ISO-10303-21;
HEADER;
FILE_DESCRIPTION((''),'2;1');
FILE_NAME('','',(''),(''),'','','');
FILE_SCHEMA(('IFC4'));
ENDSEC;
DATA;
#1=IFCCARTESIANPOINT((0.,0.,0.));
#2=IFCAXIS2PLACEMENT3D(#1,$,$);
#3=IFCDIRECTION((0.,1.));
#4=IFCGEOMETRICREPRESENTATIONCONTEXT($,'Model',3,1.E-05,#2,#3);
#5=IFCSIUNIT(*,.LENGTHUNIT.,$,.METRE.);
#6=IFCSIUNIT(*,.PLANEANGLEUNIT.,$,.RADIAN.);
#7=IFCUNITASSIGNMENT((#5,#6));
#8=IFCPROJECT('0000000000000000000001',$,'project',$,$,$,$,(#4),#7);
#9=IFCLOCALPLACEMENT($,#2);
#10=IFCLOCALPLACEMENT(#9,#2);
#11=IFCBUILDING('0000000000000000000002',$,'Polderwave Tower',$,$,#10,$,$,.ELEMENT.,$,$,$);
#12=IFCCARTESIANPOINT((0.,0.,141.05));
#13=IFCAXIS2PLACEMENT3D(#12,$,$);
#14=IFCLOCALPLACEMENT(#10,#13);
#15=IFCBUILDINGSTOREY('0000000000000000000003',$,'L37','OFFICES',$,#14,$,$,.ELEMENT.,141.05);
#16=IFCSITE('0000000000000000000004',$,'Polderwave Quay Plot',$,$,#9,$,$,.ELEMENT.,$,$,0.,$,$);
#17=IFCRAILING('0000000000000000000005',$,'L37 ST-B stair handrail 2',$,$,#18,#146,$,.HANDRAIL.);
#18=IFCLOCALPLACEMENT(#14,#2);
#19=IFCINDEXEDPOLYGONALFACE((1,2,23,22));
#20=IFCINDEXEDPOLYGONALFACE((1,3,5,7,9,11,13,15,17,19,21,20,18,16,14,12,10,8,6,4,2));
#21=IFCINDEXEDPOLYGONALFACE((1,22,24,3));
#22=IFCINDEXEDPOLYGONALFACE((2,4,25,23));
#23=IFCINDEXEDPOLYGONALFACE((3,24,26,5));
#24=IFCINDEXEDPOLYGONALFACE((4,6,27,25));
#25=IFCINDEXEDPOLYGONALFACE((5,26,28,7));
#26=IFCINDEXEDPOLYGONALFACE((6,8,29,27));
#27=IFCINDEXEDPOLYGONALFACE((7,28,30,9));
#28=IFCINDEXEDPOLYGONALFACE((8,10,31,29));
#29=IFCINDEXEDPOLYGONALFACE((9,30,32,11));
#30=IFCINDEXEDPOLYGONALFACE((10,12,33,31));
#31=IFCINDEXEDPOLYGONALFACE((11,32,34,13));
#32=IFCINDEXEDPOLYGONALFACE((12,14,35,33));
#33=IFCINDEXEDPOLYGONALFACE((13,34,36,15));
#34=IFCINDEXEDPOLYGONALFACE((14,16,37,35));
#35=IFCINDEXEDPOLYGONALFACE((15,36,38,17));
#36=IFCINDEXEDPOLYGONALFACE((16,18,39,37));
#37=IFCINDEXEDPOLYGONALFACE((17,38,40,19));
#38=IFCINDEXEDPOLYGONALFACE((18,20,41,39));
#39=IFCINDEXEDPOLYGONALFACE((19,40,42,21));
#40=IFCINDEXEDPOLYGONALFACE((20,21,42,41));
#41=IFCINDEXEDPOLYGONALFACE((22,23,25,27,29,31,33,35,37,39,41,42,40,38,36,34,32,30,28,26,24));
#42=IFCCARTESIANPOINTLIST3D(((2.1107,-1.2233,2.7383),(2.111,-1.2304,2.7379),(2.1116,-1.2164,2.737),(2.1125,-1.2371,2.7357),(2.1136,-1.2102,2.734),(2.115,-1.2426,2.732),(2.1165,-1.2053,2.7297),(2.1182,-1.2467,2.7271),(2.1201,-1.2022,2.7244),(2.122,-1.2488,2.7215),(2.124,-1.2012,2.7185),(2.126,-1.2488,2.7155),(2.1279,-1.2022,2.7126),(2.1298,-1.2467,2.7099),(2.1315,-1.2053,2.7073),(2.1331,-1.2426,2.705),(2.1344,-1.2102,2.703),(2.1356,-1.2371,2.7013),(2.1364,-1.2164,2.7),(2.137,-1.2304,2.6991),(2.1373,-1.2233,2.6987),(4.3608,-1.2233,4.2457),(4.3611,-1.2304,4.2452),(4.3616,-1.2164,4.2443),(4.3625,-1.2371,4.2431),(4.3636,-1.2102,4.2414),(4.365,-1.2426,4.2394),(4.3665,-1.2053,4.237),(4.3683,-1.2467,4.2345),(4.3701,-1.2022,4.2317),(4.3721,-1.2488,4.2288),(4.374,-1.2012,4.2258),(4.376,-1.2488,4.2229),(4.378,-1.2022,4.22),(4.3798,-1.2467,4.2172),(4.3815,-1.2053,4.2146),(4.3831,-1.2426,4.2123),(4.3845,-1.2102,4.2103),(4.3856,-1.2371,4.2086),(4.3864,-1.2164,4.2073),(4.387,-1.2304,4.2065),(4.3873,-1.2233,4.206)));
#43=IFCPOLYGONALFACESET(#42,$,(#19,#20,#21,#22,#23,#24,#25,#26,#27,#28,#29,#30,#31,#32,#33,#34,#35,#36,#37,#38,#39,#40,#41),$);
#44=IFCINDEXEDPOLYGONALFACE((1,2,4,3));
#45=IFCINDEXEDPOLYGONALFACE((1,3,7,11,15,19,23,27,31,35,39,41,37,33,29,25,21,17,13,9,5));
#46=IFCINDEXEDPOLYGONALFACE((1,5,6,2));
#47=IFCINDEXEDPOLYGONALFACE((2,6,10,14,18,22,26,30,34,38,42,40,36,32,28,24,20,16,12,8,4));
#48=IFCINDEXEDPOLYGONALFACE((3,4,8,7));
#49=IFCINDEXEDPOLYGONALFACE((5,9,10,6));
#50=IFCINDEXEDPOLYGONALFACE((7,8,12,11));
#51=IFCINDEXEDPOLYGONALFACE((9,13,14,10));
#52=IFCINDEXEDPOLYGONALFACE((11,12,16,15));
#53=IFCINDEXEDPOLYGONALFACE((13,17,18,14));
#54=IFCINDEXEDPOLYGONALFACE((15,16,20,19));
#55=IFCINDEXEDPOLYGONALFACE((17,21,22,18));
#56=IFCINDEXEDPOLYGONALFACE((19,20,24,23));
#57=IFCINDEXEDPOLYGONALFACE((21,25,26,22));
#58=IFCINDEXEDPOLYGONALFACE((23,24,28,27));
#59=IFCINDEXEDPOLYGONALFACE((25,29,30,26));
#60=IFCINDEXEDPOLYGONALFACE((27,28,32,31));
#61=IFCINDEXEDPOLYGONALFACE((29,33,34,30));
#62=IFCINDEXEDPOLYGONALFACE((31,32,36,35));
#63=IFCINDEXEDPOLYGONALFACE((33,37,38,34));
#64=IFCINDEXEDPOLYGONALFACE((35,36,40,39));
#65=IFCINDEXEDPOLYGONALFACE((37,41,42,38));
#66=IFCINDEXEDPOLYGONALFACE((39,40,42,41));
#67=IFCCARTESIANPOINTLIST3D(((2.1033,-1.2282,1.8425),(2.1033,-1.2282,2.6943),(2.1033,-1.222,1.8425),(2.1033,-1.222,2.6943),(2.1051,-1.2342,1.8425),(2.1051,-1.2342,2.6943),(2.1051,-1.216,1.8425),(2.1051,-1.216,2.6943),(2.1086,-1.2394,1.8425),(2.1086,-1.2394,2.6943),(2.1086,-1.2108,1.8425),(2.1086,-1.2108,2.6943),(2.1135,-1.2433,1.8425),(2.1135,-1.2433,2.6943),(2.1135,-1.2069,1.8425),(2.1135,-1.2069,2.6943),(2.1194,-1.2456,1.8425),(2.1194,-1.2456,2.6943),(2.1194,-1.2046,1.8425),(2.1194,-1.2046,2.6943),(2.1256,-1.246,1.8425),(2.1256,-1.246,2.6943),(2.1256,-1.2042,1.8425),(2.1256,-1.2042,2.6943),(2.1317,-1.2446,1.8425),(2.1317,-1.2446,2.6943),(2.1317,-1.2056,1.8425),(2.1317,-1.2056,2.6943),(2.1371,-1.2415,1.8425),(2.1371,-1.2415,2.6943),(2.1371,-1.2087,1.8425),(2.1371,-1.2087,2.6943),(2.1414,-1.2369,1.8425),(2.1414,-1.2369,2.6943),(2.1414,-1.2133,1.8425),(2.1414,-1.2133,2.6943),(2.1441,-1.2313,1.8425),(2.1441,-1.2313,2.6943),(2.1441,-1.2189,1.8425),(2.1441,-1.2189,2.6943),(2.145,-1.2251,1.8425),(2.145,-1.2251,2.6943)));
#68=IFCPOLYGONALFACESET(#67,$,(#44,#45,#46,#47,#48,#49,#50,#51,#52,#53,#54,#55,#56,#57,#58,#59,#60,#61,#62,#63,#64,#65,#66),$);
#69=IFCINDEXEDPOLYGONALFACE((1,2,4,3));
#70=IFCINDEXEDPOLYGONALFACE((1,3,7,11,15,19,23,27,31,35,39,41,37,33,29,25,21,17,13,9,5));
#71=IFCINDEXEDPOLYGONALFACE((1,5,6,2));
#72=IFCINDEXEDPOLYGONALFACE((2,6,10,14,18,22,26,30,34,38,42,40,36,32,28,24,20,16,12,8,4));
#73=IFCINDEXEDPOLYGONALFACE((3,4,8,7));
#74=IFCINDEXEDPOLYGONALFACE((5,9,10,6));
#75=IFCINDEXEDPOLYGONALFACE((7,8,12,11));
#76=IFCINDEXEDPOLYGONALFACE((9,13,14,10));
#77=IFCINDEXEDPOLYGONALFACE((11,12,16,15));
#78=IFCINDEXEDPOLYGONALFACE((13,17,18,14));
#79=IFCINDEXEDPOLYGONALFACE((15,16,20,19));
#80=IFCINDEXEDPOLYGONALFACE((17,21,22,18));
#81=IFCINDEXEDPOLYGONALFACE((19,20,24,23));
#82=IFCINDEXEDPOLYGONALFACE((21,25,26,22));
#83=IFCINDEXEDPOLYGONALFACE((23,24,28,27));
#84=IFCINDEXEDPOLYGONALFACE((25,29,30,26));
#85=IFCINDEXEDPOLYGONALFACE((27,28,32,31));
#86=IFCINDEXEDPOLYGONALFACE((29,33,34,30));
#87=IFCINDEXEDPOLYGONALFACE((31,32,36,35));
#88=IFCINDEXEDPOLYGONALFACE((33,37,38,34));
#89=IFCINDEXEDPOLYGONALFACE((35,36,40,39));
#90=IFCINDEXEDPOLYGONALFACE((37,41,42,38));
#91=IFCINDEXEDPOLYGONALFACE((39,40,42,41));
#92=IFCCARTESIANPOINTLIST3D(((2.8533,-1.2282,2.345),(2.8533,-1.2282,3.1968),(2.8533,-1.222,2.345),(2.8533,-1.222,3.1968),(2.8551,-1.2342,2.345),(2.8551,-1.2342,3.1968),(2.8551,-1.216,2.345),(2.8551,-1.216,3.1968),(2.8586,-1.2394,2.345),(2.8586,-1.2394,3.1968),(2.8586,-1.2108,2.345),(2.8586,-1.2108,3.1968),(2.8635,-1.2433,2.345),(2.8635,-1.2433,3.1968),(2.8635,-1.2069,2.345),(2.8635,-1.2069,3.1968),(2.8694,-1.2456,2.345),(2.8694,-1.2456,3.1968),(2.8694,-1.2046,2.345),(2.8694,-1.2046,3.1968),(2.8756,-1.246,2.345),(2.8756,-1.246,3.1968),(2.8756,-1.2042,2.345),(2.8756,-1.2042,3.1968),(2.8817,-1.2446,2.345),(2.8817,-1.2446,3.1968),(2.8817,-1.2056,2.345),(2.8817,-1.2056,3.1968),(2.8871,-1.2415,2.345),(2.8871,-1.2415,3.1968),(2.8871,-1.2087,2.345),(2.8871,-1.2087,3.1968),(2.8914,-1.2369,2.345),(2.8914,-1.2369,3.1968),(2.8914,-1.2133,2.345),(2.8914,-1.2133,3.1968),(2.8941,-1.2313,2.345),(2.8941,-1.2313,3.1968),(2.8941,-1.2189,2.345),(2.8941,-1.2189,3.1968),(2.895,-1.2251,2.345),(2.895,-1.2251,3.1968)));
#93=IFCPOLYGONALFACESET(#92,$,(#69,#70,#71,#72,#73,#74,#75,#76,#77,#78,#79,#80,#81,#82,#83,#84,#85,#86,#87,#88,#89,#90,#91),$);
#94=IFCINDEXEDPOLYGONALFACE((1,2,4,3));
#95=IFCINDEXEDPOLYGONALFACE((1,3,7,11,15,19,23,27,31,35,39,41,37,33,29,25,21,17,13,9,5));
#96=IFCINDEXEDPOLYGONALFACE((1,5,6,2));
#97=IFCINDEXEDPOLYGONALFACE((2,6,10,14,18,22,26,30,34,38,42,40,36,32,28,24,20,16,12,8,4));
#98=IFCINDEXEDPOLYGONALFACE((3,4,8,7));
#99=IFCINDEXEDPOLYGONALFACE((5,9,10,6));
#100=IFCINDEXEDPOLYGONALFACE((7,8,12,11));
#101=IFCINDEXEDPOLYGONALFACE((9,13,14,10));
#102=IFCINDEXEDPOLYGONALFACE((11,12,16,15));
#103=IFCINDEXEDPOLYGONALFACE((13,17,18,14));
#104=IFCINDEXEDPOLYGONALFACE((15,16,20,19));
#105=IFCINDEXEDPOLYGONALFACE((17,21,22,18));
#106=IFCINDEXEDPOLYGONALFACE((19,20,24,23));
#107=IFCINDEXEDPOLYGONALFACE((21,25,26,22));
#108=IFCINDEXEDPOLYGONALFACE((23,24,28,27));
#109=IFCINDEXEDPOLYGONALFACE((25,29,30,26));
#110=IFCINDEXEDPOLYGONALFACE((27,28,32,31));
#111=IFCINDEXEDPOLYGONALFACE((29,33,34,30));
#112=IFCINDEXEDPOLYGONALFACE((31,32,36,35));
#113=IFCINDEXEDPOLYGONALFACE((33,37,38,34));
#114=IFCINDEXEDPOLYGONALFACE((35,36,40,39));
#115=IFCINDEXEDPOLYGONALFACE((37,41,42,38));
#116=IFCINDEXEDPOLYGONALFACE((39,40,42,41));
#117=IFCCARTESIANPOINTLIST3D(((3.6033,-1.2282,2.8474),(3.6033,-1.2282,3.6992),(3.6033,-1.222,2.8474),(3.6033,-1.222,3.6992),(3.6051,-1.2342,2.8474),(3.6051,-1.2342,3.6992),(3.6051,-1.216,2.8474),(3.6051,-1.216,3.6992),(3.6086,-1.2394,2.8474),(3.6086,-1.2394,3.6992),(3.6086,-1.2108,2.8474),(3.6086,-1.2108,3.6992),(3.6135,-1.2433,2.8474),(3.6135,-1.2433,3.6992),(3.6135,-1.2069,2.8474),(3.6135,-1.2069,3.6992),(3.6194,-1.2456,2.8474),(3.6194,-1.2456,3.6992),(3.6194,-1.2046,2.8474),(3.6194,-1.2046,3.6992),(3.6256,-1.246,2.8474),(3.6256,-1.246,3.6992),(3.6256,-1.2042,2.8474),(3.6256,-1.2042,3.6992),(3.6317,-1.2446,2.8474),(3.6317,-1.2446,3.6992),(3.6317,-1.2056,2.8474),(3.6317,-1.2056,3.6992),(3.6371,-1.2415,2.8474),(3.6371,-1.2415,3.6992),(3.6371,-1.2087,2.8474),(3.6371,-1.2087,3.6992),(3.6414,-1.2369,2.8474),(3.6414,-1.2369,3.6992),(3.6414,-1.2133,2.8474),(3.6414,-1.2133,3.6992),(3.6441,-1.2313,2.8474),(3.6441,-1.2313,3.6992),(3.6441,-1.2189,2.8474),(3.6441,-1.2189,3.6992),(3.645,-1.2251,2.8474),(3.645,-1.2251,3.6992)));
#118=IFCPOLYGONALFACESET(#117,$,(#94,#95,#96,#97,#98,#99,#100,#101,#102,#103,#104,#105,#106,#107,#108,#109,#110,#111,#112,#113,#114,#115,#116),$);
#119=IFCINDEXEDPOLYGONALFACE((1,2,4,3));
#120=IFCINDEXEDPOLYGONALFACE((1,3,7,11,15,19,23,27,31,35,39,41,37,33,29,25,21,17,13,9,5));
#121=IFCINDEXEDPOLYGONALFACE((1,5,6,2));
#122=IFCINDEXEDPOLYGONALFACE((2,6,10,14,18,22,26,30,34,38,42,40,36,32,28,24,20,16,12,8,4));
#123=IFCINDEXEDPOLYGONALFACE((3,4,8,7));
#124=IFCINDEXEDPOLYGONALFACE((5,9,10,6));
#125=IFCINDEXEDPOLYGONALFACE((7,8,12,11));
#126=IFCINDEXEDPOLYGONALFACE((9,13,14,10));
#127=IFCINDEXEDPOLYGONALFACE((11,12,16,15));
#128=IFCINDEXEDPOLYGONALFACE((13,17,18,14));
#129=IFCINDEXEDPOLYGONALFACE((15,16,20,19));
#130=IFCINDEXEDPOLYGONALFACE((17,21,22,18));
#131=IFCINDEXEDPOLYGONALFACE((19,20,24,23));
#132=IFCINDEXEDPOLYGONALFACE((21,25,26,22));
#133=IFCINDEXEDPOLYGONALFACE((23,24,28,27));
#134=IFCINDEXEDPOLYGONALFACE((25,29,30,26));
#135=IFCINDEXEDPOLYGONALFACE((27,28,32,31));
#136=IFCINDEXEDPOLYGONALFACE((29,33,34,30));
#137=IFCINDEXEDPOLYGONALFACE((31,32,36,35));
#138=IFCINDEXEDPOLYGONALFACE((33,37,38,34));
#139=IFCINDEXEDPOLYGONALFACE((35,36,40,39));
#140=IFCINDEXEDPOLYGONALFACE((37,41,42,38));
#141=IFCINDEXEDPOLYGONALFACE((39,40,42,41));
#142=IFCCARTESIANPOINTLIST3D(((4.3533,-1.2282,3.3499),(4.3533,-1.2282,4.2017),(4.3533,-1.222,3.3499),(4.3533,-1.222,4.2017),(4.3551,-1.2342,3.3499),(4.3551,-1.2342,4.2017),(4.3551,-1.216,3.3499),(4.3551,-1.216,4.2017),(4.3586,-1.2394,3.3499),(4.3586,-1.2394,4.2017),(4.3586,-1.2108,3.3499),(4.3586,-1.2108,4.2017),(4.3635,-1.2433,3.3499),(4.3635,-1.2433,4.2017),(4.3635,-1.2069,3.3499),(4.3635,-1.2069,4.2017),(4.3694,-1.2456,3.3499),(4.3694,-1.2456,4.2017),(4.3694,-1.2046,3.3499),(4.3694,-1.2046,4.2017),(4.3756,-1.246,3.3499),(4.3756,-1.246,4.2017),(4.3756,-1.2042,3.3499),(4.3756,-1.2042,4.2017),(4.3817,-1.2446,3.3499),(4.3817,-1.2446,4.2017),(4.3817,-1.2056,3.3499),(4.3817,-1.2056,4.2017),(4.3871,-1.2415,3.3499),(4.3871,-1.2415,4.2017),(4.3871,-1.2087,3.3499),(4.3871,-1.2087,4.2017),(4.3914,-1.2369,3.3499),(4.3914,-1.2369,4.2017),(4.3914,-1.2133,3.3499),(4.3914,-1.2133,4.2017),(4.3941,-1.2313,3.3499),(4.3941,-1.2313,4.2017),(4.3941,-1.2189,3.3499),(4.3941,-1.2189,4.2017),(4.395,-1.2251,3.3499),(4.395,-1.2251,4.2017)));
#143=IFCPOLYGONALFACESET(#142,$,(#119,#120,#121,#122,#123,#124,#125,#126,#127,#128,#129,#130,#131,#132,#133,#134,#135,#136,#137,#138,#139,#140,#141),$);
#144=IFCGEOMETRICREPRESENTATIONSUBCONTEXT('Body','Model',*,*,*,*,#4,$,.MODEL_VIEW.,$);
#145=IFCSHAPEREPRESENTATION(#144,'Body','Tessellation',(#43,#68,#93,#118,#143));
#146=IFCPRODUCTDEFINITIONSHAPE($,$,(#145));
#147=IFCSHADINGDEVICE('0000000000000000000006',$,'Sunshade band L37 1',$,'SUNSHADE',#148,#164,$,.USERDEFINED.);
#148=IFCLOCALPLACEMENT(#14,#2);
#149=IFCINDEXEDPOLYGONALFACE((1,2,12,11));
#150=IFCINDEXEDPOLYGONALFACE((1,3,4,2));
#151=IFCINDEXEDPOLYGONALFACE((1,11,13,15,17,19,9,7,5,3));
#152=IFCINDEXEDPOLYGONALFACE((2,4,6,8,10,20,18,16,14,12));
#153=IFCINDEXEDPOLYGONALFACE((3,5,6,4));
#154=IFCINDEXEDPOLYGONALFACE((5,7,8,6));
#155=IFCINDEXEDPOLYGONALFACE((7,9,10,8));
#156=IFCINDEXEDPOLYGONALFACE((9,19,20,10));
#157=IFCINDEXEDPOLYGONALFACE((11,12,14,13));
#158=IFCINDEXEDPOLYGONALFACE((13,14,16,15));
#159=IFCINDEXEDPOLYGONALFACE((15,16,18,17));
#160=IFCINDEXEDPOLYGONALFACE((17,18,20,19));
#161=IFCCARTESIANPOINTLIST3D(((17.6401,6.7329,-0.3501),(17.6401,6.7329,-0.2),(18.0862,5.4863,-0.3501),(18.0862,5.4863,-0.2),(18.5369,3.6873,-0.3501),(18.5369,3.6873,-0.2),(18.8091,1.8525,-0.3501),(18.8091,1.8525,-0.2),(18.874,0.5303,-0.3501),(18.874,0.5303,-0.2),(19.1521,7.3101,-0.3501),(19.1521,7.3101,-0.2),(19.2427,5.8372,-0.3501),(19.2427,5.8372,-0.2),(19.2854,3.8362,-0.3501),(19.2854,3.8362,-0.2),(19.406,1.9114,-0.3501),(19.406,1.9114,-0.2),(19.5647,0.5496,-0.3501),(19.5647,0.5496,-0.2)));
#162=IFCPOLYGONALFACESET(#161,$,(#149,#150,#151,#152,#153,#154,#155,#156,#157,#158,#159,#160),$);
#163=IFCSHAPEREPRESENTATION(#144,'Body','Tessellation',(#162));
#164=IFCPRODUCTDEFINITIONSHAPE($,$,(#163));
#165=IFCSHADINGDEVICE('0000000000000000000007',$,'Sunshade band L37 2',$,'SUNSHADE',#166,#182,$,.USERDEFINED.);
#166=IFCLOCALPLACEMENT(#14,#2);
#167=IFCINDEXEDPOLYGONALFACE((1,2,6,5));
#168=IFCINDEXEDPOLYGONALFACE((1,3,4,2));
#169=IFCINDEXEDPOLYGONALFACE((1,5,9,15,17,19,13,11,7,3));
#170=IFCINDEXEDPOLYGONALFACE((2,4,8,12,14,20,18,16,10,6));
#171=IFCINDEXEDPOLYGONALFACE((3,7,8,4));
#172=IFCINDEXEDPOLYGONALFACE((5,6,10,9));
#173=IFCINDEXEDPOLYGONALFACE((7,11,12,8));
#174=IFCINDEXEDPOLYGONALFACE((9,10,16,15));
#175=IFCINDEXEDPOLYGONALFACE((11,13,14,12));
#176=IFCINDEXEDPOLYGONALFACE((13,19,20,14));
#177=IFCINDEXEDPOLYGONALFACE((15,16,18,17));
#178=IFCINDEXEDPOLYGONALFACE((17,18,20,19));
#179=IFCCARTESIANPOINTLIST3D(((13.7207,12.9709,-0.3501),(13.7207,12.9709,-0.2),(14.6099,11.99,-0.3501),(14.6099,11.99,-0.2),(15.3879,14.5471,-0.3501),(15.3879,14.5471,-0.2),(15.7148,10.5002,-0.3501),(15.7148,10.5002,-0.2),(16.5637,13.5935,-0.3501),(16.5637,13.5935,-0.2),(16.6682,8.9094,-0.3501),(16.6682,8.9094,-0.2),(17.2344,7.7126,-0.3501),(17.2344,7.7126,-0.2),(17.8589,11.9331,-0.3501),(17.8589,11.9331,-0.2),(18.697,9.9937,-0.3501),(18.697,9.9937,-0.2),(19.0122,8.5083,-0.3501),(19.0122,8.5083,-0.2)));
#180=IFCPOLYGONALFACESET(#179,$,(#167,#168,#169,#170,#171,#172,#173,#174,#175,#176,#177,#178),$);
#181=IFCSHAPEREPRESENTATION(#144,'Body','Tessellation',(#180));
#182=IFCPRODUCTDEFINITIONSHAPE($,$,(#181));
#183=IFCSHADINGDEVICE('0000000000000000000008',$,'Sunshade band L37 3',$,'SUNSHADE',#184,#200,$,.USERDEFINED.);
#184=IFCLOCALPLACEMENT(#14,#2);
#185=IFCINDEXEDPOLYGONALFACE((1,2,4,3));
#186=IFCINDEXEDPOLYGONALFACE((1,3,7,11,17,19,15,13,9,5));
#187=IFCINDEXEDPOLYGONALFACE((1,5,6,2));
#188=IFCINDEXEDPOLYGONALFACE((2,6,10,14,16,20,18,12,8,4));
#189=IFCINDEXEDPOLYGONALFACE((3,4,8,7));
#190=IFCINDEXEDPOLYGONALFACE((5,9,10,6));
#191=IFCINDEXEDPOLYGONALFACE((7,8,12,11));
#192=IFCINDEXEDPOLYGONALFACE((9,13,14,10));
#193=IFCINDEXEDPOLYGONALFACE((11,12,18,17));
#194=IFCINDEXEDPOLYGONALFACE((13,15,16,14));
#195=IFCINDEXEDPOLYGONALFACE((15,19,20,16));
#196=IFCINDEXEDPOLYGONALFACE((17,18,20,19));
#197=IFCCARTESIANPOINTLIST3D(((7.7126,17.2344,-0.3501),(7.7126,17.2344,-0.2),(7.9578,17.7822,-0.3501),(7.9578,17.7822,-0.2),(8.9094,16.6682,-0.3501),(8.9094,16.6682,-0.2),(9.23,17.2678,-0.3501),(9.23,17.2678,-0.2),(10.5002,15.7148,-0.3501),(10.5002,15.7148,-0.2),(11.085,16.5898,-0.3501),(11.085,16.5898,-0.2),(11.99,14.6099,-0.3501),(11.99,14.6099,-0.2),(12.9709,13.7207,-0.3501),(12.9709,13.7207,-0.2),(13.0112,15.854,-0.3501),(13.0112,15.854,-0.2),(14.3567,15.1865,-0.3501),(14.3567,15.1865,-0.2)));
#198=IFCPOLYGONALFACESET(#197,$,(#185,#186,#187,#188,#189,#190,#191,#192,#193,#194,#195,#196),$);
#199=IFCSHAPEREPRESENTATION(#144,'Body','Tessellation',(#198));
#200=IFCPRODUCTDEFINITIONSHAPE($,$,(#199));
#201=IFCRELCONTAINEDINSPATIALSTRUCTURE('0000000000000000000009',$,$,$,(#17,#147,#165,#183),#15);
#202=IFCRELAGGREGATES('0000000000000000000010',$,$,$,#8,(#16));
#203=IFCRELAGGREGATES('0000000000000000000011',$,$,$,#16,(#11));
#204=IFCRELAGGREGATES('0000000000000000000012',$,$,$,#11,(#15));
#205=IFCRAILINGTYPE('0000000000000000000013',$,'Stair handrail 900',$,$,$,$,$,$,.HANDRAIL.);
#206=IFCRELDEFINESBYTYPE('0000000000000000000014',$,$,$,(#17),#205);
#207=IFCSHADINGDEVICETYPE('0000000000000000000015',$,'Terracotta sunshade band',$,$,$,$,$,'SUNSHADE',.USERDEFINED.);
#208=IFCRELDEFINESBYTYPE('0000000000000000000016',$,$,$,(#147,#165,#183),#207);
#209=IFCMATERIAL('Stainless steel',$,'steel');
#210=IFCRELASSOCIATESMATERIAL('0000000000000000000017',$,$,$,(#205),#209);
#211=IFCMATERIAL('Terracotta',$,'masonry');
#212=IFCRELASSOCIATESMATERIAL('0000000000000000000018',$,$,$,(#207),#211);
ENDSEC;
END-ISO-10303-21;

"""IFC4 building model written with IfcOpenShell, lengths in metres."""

from ifc_helpers import new_model, si_unit, direction, frame, origin, origin_2d, place, context, subcontext, project, spatial, polyline, circle, outline, extrude, material, type_object, element, save


model = new_model("IFC4")

# Units and contexts
model_context = context("Model", 3, precision=1e-05, world=origin(), true_north=direction((0.0, 1.0)))
body_context = subcontext(model_context, "Body", "Model", "MODEL_VIEW")
ifc_project = project(units=[si_unit("LENGTHUNIT", "METRE"), si_unit("PLANEANGLEUNIT", "RADIAN")], contexts=[model_context])

# Site, building, storey
site_placement = place(None, origin())
site = spatial("IfcSite", under=ifc_project, at=site_placement, Name="Polderwave Quay Plot", CompositionType="ELEMENT", RefElevation=0.0)
building_placement = place(site_placement, origin())
building = spatial("IfcBuilding", under=site, at=building_placement, Name="Polderwave Tower", CompositionType="ELEMENT")
storey_placement = place(building_placement, frame((0.0, 0.0, 141.05)))
storey = spatial("IfcBuildingStorey", under=building, at=storey_placement, Name="L37", Description="OFFICES", CompositionType="ELEMENT", Elevation=141.05)

# Railing
ifc_material_1 = material(Name="Stainless steel", Category="steel")
railing_type_1 = type_object("IfcRailingType", Name="Stair handrail 900", PredefinedType="HANDRAIL", material=ifc_material_1)
railing_1_placement = place(storey_placement, frame((2.124, -1.2251, 1.8425)))
element("IfcRailing", 1, at=railing_1_placement, inside=storey, type_object=railing_type_1, Name="L37 ST-B stair handrail 2", PredefinedType="HANDRAIL", context=body_context, shape_type="SweptSolid", body=[
    extrude(circle(Radius=0.0239, at=origin_2d()), frame((0.0, 0.0, 0.876), z_axis=(0.8308, 0.0, 0.556571), x_axis=(0.0, 1.0, 0.0)), (0.0, 0.0, 1.0), 2.7083),
    extrude(circle(Radius=0.021, at=origin_2d()), origin(), (0.0, 0.0, 1.0), 0.8518),
    extrude(circle(Radius=0.021, at=origin_2d()), frame((0.75, 0.0, 0.5024)), (0.0, 0.0, 1.0), 0.8518),
    extrude(circle(Radius=0.021, at=origin_2d()), frame((1.5, 0.0, 1.0049)), (0.0, 0.0, 1.0), 0.8518),
    extrude(circle(Radius=0.021, at=origin_2d()), frame((2.25, 0.0, 1.5073)), (0.0, 0.0, 1.0), 0.8518),
])

# Shading devices
ifc_material_2 = material(Name="Terracotta", Category="masonry")
shading_device_type = type_object("IfcShadingDeviceType", Name="Terracotta sunshade band", ElementType="SUNSHADE", PredefinedType="USERDEFINED", material=ifc_material_2)
shading_device_1_placement = place(storey_placement, frame((0.0, 0.0, -0.3501)))
element("IfcShadingDevice", 2, at=shading_device_1_placement, inside=storey, type_object=shading_device_type, Name="Sunshade band L37 1", ObjectType="SUNSHADE", PredefinedType="USERDEFINED", context=body_context, shape_type="SweptSolid", body=[
    extrude(outline(polyline([(18.874, 0.5303), (18.8091, 1.8525), (18.5369, 3.6873), (18.0862, 5.4863), (17.6401, 6.7329), (19.1521, 7.3101), (19.2427, 5.8372), (19.2854, 3.8362), (19.406, 1.9114), (19.5647, 0.5496), (18.874, 0.5303)])), origin(), (0.0, 0.0, 1.0), 0.1501),
])
shading_device_2_placement = place(storey_placement, frame((0.0, 0.0, -0.3501)))
element("IfcShadingDevice", 3, at=shading_device_2_placement, inside=storey, type_object=shading_device_type, Name="Sunshade band L37 2", ObjectType="SUNSHADE", PredefinedType="USERDEFINED", context=body_context, shape_type="SweptSolid", body=[
    extrude(outline(polyline([(17.2344, 7.7126), (16.6682, 8.9094), (15.7148, 10.5002), (14.6099, 11.99), (13.7207, 12.9709), (15.3879, 14.5471), (16.5637, 13.5935), (17.8589, 11.9331), (18.697, 9.9937), (19.0122, 8.5083), (17.2344, 7.7126)])), origin(), (0.0, 0.0, 1.0), 0.1501),
])
shading_device_3_placement = place(storey_placement, frame((0.0, 0.0, -0.3501)))
element("IfcShadingDevice", 4, at=shading_device_3_placement, inside=storey, type_object=shading_device_type, Name="Sunshade band L37 3", ObjectType="SUNSHADE", PredefinedType="USERDEFINED", context=body_context, shape_type="SweptSolid", body=[
    extrude(outline(polyline([(12.9709, 13.7207), (11.99, 14.6099), (10.5002, 15.7148), (8.9094, 16.6682), (7.7126, 17.2344), (7.9578, 17.7822), (9.23, 17.2678), (11.085, 16.5898), (13.0112, 15.854), (14.3567, 15.1865), (12.9709, 13.7207)])), origin(), (0.0, 0.0, 1.0), 0.1501),
])

save(model, "model.ifc")
